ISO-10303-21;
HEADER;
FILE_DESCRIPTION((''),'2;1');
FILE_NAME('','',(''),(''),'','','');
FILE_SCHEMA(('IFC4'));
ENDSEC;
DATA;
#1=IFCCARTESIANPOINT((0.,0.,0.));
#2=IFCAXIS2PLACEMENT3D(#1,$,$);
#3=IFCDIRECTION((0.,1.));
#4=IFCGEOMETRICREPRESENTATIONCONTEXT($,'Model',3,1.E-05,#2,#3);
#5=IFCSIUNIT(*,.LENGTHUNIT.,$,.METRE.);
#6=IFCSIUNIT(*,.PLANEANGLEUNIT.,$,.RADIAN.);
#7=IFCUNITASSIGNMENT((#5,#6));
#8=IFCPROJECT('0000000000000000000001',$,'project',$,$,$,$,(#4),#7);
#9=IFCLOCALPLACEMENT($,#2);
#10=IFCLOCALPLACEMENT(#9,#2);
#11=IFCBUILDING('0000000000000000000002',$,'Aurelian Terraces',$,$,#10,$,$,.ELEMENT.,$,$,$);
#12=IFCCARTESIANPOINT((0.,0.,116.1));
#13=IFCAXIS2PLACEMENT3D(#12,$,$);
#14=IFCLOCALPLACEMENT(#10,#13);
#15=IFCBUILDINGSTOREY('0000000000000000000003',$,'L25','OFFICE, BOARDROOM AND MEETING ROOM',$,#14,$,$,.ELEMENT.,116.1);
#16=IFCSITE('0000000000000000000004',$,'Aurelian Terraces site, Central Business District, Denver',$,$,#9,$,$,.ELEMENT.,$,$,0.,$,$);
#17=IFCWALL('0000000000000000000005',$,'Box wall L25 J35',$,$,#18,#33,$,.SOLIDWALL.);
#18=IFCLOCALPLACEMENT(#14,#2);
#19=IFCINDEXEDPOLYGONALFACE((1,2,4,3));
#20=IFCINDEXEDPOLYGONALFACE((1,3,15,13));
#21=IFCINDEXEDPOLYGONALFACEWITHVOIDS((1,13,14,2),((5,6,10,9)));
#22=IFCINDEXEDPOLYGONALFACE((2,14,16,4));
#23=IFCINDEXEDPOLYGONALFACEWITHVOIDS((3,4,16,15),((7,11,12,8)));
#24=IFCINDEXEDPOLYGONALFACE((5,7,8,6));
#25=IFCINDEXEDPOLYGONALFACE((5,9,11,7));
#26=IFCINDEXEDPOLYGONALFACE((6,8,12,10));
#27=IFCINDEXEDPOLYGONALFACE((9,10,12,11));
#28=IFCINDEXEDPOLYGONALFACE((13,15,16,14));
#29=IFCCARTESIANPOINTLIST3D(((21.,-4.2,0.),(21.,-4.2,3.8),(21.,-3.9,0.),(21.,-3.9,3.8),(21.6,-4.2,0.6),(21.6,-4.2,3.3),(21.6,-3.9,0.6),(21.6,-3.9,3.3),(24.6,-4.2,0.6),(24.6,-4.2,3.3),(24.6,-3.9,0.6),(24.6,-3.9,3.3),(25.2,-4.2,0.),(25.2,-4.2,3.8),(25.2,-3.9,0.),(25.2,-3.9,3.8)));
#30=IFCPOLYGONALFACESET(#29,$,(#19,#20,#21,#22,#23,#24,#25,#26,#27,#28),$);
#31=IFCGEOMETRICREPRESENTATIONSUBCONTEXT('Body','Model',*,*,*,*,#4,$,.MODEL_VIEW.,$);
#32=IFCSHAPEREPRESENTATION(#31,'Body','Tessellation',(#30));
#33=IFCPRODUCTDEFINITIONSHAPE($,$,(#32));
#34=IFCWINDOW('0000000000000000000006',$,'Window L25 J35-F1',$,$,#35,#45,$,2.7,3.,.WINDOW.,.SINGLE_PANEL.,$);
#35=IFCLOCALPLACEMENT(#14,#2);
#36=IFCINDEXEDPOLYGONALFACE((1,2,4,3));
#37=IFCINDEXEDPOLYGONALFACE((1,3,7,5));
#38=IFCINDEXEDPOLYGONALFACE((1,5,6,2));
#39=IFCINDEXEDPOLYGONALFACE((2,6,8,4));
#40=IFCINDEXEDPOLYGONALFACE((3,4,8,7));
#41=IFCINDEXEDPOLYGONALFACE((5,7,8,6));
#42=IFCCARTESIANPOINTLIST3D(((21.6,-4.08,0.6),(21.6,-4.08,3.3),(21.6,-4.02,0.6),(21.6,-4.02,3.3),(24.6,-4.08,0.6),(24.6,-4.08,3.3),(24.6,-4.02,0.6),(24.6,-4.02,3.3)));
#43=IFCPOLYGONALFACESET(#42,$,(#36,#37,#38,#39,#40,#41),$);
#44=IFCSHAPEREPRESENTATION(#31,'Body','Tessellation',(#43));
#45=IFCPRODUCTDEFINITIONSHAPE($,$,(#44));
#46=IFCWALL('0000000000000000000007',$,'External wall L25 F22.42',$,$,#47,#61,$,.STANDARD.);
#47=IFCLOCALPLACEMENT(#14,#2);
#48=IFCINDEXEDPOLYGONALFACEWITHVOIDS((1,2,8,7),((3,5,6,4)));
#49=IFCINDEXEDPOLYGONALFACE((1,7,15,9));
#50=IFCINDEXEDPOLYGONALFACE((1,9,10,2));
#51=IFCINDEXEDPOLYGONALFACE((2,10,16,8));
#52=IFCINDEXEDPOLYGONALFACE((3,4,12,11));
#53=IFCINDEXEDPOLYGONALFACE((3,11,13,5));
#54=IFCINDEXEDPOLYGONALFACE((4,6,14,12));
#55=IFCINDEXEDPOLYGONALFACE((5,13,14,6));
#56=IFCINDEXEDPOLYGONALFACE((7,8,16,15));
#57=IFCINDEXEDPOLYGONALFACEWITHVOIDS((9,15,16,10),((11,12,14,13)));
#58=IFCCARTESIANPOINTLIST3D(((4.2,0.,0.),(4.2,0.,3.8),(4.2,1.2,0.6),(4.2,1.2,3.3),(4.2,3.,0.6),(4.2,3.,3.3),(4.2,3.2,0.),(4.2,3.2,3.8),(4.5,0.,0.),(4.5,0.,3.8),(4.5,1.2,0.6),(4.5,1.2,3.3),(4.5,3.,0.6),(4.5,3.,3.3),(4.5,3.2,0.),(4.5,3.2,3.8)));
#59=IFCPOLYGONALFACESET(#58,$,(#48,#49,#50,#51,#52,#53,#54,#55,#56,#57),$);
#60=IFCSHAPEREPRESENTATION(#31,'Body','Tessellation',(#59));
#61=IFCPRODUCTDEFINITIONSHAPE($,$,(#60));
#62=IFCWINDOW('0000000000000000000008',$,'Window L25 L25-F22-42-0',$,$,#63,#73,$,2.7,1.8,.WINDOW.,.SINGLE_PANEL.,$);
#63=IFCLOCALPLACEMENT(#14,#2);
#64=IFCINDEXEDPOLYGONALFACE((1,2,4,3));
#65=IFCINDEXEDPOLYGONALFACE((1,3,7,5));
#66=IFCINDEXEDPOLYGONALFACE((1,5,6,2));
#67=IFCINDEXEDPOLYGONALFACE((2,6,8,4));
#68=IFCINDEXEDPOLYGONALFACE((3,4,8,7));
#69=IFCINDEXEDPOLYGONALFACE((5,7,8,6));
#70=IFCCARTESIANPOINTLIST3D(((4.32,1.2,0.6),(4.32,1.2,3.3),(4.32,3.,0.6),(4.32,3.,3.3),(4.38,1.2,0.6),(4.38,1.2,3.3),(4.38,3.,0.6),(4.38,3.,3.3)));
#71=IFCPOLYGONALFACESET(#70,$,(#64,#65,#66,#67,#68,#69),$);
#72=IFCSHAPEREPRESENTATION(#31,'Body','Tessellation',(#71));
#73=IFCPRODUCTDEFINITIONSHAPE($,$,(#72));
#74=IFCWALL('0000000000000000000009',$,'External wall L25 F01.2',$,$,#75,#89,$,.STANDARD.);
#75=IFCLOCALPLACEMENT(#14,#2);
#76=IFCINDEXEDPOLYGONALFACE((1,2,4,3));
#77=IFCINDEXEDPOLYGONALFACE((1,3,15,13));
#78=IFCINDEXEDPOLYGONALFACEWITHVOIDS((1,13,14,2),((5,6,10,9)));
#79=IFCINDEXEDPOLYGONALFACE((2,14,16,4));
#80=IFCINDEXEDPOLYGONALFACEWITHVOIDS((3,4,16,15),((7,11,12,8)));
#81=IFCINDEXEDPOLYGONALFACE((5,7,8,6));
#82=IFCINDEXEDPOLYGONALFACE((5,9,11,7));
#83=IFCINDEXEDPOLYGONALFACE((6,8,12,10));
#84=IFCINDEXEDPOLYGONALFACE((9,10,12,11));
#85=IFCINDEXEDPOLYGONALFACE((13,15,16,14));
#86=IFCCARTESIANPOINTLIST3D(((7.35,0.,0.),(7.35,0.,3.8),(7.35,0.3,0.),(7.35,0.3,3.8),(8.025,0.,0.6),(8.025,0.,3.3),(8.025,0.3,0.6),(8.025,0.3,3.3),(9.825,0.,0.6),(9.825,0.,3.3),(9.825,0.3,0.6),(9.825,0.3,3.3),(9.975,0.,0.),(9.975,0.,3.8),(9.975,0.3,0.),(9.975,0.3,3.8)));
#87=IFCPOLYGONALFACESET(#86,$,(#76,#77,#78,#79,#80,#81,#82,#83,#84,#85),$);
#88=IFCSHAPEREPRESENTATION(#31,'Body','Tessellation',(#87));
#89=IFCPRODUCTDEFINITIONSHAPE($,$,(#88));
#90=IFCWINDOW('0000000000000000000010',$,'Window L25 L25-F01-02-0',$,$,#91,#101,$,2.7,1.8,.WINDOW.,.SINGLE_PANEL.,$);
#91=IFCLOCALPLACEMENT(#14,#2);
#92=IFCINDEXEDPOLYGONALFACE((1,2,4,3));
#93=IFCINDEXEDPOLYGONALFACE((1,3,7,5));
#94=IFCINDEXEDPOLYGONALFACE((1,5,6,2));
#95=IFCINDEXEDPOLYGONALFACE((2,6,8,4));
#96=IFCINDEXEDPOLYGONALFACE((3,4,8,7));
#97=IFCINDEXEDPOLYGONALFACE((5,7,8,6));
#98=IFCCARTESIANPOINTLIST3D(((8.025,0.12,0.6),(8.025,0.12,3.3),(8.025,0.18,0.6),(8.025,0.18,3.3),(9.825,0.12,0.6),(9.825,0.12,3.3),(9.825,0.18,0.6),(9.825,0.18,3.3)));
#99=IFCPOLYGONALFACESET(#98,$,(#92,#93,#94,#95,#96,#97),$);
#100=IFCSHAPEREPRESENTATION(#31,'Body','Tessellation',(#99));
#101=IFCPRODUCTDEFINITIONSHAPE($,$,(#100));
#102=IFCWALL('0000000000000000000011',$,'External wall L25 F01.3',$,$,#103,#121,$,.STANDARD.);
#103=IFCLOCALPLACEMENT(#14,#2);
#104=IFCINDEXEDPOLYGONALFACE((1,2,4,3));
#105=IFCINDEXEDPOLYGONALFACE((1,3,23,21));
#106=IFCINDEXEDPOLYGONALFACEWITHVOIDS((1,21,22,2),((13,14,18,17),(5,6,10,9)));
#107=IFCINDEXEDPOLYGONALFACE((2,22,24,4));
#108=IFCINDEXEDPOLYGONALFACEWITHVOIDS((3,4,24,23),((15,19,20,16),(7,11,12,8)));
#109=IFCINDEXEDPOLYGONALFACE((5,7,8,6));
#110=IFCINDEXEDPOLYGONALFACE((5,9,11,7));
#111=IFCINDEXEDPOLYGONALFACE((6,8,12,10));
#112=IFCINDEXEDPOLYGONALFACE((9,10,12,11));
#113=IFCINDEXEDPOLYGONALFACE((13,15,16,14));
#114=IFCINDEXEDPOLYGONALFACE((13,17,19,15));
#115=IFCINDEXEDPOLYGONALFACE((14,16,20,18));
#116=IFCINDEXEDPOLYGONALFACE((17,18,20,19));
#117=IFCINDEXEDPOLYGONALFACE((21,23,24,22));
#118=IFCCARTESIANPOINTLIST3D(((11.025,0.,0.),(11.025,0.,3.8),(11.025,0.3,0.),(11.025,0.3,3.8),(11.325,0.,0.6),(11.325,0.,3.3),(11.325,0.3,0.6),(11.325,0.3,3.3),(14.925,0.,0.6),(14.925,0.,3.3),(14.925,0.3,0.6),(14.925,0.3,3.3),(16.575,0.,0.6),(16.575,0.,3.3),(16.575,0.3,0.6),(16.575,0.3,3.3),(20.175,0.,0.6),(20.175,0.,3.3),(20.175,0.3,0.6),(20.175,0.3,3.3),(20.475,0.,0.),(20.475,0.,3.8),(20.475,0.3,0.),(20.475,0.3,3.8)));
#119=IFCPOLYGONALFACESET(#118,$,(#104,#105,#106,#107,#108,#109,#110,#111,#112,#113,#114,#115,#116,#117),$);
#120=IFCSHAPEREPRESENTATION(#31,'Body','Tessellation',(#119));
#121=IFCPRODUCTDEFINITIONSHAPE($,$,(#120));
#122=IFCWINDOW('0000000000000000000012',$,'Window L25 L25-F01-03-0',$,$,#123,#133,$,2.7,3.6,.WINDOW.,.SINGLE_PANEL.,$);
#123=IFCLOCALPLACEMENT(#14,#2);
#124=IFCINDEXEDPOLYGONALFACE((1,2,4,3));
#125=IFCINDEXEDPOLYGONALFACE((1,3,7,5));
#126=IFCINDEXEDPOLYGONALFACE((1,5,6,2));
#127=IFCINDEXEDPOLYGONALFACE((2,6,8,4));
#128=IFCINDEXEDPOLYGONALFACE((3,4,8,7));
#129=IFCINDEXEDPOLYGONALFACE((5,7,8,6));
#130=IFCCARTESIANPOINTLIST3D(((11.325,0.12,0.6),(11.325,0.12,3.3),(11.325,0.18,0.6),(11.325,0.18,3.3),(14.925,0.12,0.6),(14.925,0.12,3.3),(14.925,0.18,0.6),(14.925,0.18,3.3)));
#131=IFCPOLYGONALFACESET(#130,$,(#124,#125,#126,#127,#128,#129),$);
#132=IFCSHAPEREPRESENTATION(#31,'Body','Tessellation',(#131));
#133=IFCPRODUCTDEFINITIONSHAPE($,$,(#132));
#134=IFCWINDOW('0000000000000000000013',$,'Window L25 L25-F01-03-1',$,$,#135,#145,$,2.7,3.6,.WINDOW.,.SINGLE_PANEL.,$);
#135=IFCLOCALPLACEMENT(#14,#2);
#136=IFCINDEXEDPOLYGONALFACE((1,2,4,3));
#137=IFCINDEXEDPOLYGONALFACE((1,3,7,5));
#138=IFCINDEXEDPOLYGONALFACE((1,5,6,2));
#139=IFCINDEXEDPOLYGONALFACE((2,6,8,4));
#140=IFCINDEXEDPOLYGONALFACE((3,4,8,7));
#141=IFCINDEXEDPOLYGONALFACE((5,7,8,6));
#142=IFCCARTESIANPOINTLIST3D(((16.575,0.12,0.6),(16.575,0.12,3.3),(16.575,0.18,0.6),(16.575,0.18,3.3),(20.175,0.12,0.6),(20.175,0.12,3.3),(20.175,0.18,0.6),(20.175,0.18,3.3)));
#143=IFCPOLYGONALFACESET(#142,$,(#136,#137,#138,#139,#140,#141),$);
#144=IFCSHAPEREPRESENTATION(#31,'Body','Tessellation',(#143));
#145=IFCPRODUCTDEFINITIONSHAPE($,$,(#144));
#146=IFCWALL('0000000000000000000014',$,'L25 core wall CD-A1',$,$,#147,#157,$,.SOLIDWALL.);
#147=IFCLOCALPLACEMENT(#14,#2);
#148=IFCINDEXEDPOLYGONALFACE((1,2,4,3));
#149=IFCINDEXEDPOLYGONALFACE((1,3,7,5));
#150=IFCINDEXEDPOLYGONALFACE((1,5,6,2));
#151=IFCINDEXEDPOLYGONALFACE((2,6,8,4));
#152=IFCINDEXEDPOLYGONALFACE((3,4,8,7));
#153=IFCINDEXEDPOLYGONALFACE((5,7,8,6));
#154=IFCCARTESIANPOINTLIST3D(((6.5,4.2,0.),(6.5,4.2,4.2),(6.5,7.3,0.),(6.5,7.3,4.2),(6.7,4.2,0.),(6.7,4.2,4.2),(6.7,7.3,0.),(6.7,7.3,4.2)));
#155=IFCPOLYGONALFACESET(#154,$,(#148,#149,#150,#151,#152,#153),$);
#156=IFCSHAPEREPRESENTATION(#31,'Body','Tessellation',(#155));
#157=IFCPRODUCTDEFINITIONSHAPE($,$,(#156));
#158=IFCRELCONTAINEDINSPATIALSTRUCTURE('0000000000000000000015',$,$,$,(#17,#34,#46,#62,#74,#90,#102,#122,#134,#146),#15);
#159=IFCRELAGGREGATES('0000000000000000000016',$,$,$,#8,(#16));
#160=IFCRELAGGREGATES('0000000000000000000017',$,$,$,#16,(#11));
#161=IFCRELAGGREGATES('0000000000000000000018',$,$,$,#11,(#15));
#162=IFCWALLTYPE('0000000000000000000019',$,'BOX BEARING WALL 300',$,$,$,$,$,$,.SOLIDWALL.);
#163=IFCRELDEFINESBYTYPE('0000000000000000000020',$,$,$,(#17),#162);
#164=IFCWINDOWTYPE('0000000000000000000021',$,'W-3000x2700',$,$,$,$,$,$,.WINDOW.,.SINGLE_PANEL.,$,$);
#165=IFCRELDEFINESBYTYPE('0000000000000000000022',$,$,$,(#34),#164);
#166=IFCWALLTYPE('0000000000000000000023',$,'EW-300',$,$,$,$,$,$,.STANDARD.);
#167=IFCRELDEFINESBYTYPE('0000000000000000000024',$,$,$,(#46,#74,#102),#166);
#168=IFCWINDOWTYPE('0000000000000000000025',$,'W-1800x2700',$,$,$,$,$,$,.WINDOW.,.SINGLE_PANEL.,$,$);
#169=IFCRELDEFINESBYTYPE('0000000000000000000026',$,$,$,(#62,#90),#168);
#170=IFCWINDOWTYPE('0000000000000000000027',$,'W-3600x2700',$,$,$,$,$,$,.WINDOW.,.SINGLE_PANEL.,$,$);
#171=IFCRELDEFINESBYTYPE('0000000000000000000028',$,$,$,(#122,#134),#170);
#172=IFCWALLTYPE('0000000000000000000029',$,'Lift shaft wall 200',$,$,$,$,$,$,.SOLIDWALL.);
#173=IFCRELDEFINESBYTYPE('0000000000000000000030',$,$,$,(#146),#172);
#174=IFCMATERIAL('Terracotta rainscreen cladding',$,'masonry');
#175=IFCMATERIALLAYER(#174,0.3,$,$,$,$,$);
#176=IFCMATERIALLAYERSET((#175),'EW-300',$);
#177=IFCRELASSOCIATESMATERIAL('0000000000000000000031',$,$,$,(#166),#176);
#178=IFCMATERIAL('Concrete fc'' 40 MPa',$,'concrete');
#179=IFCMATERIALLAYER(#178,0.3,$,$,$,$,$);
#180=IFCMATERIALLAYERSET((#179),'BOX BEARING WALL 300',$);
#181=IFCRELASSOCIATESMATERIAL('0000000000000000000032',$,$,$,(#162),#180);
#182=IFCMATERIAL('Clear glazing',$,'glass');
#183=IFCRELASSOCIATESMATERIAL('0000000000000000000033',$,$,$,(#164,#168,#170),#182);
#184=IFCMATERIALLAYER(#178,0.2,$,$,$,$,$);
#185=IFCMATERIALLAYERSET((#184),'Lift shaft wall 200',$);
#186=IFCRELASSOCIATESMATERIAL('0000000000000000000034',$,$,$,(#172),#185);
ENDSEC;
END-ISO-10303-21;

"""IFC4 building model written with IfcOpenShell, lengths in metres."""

from ifc_helpers import new_model, si_unit, direction, frame, frame_2d, origin, place, context, subcontext, project, spatial, rectangle, extrude, source, transform, mapped, material, layer, layer_set, type_object, element, fill, save


model = new_model("IFC4")

# Units and contexts
model_context = context("Model", 3, precision=1e-05, world=origin(), true_north=direction((0.0, 1.0)))
body_context = subcontext(model_context, "Body", "Model", "MODEL_VIEW")
ifc_project = project(units=[si_unit("LENGTHUNIT", "METRE"), si_unit("PLANEANGLEUNIT", "RADIAN")], contexts=[model_context])

# Site, building, storey
site_placement = place(None, origin())
site = spatial("IfcSite", under=ifc_project, at=site_placement, Name="Aurelian Terraces site, Central Business District, Denver", CompositionType="ELEMENT", RefElevation=0.0)
building_placement = place(site_placement, origin())
building = spatial("IfcBuilding", under=site, at=building_placement, Name="Aurelian Terraces", CompositionType="ELEMENT")
storey_placement = place(building_placement, frame((0.0, 0.0, 116.1)))
storey = spatial("IfcBuildingStorey", under=building, at=storey_placement, Name="L25", Description="OFFICE, BOARDROOM AND MEETING ROOM", CompositionType="ELEMENT", Elevation=116.1)

# Shared definitions
ifc_material_1 = material(Name="Terracotta rainscreen cladding", Category="masonry")
ifc_layer_1 = layer(ifc_material_1, 0.3)
ifc_layer_set_1 = layer_set([ifc_layer_1], Name="EW-300")
wall_type_1 = type_object("IfcWallType", Name="EW-300", PredefinedType="STANDARD", material=ifc_layer_set_1)
ifc_material_2 = material(Name="Clear glazing", Category="glass")

# Walls, openings, windows
ifc_material_3 = material(Name="Concrete fc' 40 MPa", Category="concrete")
ifc_layer_2 = layer(ifc_material_3, 0.3)
ifc_layer_set_2 = layer_set([ifc_layer_2], Name="BOX BEARING WALL 300")
wall_type_2 = type_object("IfcWallType", Name="BOX BEARING WALL 300", PredefinedType="SOLIDWALL", material=ifc_layer_set_2)
shared_shape_1 = source(origin(), body_context, "Body", "SweptSolid", [
    extrude(rectangle(XDim=4.2, YDim=0.3, at=frame_2d((2.1, 0.0))), origin(), (0.0, 0.0, 1.0), 3.8),
])
wall_1_placement = place(storey_placement, frame((21.0, -4.05, 0.0), z_axis=(0.0, 0.0, 1.0), x_axis=(1.0, 0.0, 0.0)))
wall_1 = element("IfcWall", 1, at=wall_1_placement, inside=storey, type_object=wall_type_2, Name="Box wall L25 J35", PredefinedType="SOLIDWALL", context=body_context, shape_type="MappedRepresentation", body=[
    mapped(shared_shape_1, transform((0.0, 0.0, 0.0), scale=1.0)),
])
shared_shape_2 = source(origin(), body_context, "Body", "SweptSolid", [
    extrude(rectangle(XDim=3.0, YDim=2.7, at=frame_2d((1.5, 1.35))), frame((0.0, 0.16, 0.0), z_axis=(0.0, -1.0, 0.0), x_axis=(1.0, 0.0, 0.0)), (0.0, 0.0, 1.0), 0.32),
])
opening_1_placement = place(wall_1_placement, frame((0.6, 0.0, 0.6)))
opening_1 = element("IfcOpeningElement", 2, at=opening_1_placement, cuts=wall_1, PredefinedType="OPENING", context=body_context, shape_type="MappedRepresentation", body=[
    mapped(shared_shape_2, transform((0.0, 0.0, 0.0), scale=1.0)),
])
window_type_1 = type_object("IfcWindowType", Name="W-3000x2700", PartitioningType="SINGLE_PANEL", PredefinedType="WINDOW", material=ifc_material_2)
shared_shape_3 = source(origin(), body_context, "Body", "SweptSolid", [
    extrude(rectangle(XDim=3.0, YDim=2.7, at=frame_2d((1.5, 1.35))), frame((0.0, 0.03, 0.0), z_axis=(0.0, -1.0, 0.0), x_axis=(1.0, 0.0, 0.0)), (0.0, 0.0, 1.0), 0.06),
])
window_1_placement = place(opening_1_placement, origin())
window_1 = element("IfcWindow", 3, at=window_1_placement, inside=storey, type_object=window_type_1, Name="Window L25 J35-F1", OverallHeight=2.7, OverallWidth=3.0, PartitioningType="SINGLE_PANEL", PredefinedType="WINDOW", context=body_context, shape_type="MappedRepresentation", body=[
    mapped(shared_shape_3, transform((0.0, 0.0, 0.0), scale=1.0)),
])
fill(opening_1, window_1)
shared_shape_4 = source(origin(), body_context, "Body", "SweptSolid", [
    extrude(rectangle(XDim=3.2, YDim=0.3, at=frame_2d((1.6, 0.0))), origin(), (0.0, 0.0, 1.0), 3.8),
])
wall_2_placement = place(storey_placement, frame((4.35, 3.2, 0.0), z_axis=(0.0, 0.0, 1.0), x_axis=(0.0, -1.0, 0.0)))
wall_2 = element("IfcWall", 4, at=wall_2_placement, inside=storey, type_object=wall_type_1, Name="External wall L25 F22.42", PredefinedType="STANDARD", context=body_context, shape_type="MappedRepresentation", body=[
    mapped(shared_shape_4, transform((0.0, 0.0, 0.0), scale=1.0)),
])
shared_shape_5 = source(origin(), body_context, "Body", "SweptSolid", [
    extrude(rectangle(XDim=1.8, YDim=2.7, at=frame_2d((0.9, 1.35))), frame((0.0, 0.16, 0.0), z_axis=(0.0, -1.0, 0.0), x_axis=(1.0, 0.0, 0.0)), (0.0, 0.0, 1.0), 0.32),
])
opening_2_placement = place(wall_2_placement, frame((0.2, 0.0, 0.6)))
opening_2 = element("IfcOpeningElement", 5, at=opening_2_placement, cuts=wall_2, PredefinedType="OPENING", context=body_context, shape_type="MappedRepresentation", body=[
    mapped(shared_shape_5, transform((0.0, 0.0, 0.0), scale=1.0)),
])
window_type_2 = type_object("IfcWindowType", Name="W-1800x2700", PartitioningType="SINGLE_PANEL", PredefinedType="WINDOW", material=ifc_material_2)
shared_shape_6 = source(origin(), body_context, "Body", "SweptSolid", [
    extrude(rectangle(XDim=1.8, YDim=2.7, at=frame_2d((0.9, 1.35))), frame((0.0, 0.03, 0.0), z_axis=(0.0, -1.0, 0.0), x_axis=(1.0, 0.0, 0.0)), (0.0, 0.0, 1.0), 0.06),
])
window_2_placement = place(opening_2_placement, origin())
window_2 = element("IfcWindow", 6, at=window_2_placement, inside=storey, type_object=window_type_2, Name="Window L25 L25-F22-42-0", OverallHeight=2.7, OverallWidth=1.8, PartitioningType="SINGLE_PANEL", PredefinedType="WINDOW", context=body_context, shape_type="MappedRepresentation", body=[
    mapped(shared_shape_6, transform((0.0, 0.0, 0.0), scale=1.0)),
])
fill(opening_2, window_2)
shared_shape_7 = source(origin(), body_context, "Body", "SweptSolid", [
    extrude(rectangle(XDim=2.625, YDim=0.3, at=frame_2d((1.3125, 0.0))), origin(), (0.0, 0.0, 1.0), 3.8),
])
wall_3_placement = place(storey_placement, frame((7.35, 0.15, 0.0), z_axis=(0.0, 0.0, 1.0), x_axis=(1.0, 0.0, 0.0)))
wall_3 = element("IfcWall", 7, at=wall_3_placement, inside=storey, type_object=wall_type_1, Name="External wall L25 F01.2", PredefinedType="STANDARD", context=body_context, shape_type="MappedRepresentation", body=[
    mapped(shared_shape_7, transform((0.0, 0.0, 0.0), scale=1.0)),
])
opening_3_placement = place(wall_3_placement, frame((0.675, 0.0, 0.6)))
opening_3 = element("IfcOpeningElement", 8, at=opening_3_placement, cuts=wall_3, PredefinedType="OPENING", context=body_context, shape_type="MappedRepresentation", body=[
    mapped(shared_shape_5, transform((0.0, 0.0, 0.0), scale=1.0)),
])
window_3_placement = place(opening_3_placement, origin())
window_3 = element("IfcWindow", 9, at=window_3_placement, inside=storey, type_object=window_type_2, Name="Window L25 L25-F01-02-0", OverallHeight=2.7, OverallWidth=1.8, PartitioningType="SINGLE_PANEL", PredefinedType="WINDOW", context=body_context, shape_type="MappedRepresentation", body=[
    mapped(shared_shape_6, transform((0.0, 0.0, 0.0), scale=1.0)),
])
fill(opening_3, window_3)

# Wall, openings, windows
shared_shape_8 = source(origin(), body_context, "Body", "SweptSolid", [
    extrude(rectangle(XDim=9.45, YDim=0.3, at=frame_2d((4.725, 0.0))), origin(), (0.0, 0.0, 1.0), 3.8),
])
wall_4_placement = place(storey_placement, frame((11.025, 0.15, 0.0), z_axis=(0.0, 0.0, 1.0), x_axis=(1.0, 0.0, 0.0)))
wall_4 = element("IfcWall", 10, at=wall_4_placement, inside=storey, type_object=wall_type_1, Name="External wall L25 F01.3", PredefinedType="STANDARD", context=body_context, shape_type="MappedRepresentation", body=[
    mapped(shared_shape_8, transform((0.0, 0.0, 0.0), scale=1.0)),
])
shared_shape_9 = source(origin(), body_context, "Body", "SweptSolid", [
    extrude(rectangle(XDim=3.6, YDim=2.7, at=frame_2d((1.8, 1.35))), frame((0.0, 0.16, 0.0), z_axis=(0.0, -1.0, 0.0), x_axis=(1.0, 0.0, 0.0)), (0.0, 0.0, 1.0), 0.32),
])
opening_4_placement = place(wall_4_placement, frame((0.3, 0.0, 0.6)))
opening_4 = element("IfcOpeningElement", 11, at=opening_4_placement, cuts=wall_4, PredefinedType="OPENING", context=body_context, shape_type="MappedRepresentation", body=[
    mapped(shared_shape_9, transform((0.0, 0.0, 0.0), scale=1.0)),
])
opening_5_placement = place(wall_4_placement, frame((5.55, 0.0, 0.6)))
opening_5 = element("IfcOpeningElement", 12, at=opening_5_placement, cuts=wall_4, PredefinedType="OPENING", context=body_context, shape_type="MappedRepresentation", body=[
    mapped(shared_shape_9, transform((0.0, 0.0, 0.0), scale=1.0)),
])
window_type_3 = type_object("IfcWindowType", Name="W-3600x2700", PartitioningType="SINGLE_PANEL", PredefinedType="WINDOW", material=ifc_material_2)
shared_shape_10 = source(origin(), body_context, "Body", "SweptSolid", [
    extrude(rectangle(XDim=3.6, YDim=2.7, at=frame_2d((1.8, 1.35))), frame((0.0, 0.03, 0.0), z_axis=(0.0, -1.0, 0.0), x_axis=(1.0, 0.0, 0.0)), (0.0, 0.0, 1.0), 0.06),
])
window_4_placement = place(opening_4_placement, origin())
window_4 = element("IfcWindow", 13, at=window_4_placement, inside=storey, type_object=window_type_3, Name="Window L25 L25-F01-03-0", OverallHeight=2.7, OverallWidth=3.6, PartitioningType="SINGLE_PANEL", PredefinedType="WINDOW", context=body_context, shape_type="MappedRepresentation", body=[
    mapped(shared_shape_10, transform((0.0, 0.0, 0.0), scale=1.0)),
])
fill(opening_4, window_4)
window_5_placement = place(opening_5_placement, origin())
window_5 = element("IfcWindow", 14, at=window_5_placement, inside=storey, type_object=window_type_3, Name="Window L25 L25-F01-03-1", OverallHeight=2.7, OverallWidth=3.6, PartitioningType="SINGLE_PANEL", PredefinedType="WINDOW", context=body_context, shape_type="MappedRepresentation", body=[
    mapped(shared_shape_10, transform((0.0, 0.0, 0.0), scale=1.0)),
])
fill(opening_5, window_5)

# Wall
ifc_layer_3 = layer(ifc_material_3, 0.2)
ifc_layer_set_3 = layer_set([ifc_layer_3], Name="Lift shaft wall 200")
wall_type_3 = type_object("IfcWallType", Name="Lift shaft wall 200", PredefinedType="SOLIDWALL", material=ifc_layer_set_3)
shared_shape_11 = source(origin(), body_context, "Body", "SweptSolid", [
    extrude(rectangle(XDim=3.1, YDim=0.2, at=frame_2d((1.55, 0.0))), origin(), (0.0, 0.0, 1.0), 4.2),
])
for number, where, z_axis, x_axis, name in (
    (15, (6.6, 4.2, 0.0), (0.0, 0.0, 1.0), (0.0, 1.0, 0.0), "L25 core wall CD-A1"),
):
    element("IfcWall", number, at=place(storey_placement, frame(where, z_axis=z_axis, x_axis=x_axis)), inside=storey, type_object=wall_type_3, Name=name, PredefinedType="SOLIDWALL", context=body_context, shape_type="MappedRepresentation", body=[
        mapped(shared_shape_11, transform((0.0, 0.0, 0.0), scale=1.0)),
    ])

save(model, "model.ifc")
